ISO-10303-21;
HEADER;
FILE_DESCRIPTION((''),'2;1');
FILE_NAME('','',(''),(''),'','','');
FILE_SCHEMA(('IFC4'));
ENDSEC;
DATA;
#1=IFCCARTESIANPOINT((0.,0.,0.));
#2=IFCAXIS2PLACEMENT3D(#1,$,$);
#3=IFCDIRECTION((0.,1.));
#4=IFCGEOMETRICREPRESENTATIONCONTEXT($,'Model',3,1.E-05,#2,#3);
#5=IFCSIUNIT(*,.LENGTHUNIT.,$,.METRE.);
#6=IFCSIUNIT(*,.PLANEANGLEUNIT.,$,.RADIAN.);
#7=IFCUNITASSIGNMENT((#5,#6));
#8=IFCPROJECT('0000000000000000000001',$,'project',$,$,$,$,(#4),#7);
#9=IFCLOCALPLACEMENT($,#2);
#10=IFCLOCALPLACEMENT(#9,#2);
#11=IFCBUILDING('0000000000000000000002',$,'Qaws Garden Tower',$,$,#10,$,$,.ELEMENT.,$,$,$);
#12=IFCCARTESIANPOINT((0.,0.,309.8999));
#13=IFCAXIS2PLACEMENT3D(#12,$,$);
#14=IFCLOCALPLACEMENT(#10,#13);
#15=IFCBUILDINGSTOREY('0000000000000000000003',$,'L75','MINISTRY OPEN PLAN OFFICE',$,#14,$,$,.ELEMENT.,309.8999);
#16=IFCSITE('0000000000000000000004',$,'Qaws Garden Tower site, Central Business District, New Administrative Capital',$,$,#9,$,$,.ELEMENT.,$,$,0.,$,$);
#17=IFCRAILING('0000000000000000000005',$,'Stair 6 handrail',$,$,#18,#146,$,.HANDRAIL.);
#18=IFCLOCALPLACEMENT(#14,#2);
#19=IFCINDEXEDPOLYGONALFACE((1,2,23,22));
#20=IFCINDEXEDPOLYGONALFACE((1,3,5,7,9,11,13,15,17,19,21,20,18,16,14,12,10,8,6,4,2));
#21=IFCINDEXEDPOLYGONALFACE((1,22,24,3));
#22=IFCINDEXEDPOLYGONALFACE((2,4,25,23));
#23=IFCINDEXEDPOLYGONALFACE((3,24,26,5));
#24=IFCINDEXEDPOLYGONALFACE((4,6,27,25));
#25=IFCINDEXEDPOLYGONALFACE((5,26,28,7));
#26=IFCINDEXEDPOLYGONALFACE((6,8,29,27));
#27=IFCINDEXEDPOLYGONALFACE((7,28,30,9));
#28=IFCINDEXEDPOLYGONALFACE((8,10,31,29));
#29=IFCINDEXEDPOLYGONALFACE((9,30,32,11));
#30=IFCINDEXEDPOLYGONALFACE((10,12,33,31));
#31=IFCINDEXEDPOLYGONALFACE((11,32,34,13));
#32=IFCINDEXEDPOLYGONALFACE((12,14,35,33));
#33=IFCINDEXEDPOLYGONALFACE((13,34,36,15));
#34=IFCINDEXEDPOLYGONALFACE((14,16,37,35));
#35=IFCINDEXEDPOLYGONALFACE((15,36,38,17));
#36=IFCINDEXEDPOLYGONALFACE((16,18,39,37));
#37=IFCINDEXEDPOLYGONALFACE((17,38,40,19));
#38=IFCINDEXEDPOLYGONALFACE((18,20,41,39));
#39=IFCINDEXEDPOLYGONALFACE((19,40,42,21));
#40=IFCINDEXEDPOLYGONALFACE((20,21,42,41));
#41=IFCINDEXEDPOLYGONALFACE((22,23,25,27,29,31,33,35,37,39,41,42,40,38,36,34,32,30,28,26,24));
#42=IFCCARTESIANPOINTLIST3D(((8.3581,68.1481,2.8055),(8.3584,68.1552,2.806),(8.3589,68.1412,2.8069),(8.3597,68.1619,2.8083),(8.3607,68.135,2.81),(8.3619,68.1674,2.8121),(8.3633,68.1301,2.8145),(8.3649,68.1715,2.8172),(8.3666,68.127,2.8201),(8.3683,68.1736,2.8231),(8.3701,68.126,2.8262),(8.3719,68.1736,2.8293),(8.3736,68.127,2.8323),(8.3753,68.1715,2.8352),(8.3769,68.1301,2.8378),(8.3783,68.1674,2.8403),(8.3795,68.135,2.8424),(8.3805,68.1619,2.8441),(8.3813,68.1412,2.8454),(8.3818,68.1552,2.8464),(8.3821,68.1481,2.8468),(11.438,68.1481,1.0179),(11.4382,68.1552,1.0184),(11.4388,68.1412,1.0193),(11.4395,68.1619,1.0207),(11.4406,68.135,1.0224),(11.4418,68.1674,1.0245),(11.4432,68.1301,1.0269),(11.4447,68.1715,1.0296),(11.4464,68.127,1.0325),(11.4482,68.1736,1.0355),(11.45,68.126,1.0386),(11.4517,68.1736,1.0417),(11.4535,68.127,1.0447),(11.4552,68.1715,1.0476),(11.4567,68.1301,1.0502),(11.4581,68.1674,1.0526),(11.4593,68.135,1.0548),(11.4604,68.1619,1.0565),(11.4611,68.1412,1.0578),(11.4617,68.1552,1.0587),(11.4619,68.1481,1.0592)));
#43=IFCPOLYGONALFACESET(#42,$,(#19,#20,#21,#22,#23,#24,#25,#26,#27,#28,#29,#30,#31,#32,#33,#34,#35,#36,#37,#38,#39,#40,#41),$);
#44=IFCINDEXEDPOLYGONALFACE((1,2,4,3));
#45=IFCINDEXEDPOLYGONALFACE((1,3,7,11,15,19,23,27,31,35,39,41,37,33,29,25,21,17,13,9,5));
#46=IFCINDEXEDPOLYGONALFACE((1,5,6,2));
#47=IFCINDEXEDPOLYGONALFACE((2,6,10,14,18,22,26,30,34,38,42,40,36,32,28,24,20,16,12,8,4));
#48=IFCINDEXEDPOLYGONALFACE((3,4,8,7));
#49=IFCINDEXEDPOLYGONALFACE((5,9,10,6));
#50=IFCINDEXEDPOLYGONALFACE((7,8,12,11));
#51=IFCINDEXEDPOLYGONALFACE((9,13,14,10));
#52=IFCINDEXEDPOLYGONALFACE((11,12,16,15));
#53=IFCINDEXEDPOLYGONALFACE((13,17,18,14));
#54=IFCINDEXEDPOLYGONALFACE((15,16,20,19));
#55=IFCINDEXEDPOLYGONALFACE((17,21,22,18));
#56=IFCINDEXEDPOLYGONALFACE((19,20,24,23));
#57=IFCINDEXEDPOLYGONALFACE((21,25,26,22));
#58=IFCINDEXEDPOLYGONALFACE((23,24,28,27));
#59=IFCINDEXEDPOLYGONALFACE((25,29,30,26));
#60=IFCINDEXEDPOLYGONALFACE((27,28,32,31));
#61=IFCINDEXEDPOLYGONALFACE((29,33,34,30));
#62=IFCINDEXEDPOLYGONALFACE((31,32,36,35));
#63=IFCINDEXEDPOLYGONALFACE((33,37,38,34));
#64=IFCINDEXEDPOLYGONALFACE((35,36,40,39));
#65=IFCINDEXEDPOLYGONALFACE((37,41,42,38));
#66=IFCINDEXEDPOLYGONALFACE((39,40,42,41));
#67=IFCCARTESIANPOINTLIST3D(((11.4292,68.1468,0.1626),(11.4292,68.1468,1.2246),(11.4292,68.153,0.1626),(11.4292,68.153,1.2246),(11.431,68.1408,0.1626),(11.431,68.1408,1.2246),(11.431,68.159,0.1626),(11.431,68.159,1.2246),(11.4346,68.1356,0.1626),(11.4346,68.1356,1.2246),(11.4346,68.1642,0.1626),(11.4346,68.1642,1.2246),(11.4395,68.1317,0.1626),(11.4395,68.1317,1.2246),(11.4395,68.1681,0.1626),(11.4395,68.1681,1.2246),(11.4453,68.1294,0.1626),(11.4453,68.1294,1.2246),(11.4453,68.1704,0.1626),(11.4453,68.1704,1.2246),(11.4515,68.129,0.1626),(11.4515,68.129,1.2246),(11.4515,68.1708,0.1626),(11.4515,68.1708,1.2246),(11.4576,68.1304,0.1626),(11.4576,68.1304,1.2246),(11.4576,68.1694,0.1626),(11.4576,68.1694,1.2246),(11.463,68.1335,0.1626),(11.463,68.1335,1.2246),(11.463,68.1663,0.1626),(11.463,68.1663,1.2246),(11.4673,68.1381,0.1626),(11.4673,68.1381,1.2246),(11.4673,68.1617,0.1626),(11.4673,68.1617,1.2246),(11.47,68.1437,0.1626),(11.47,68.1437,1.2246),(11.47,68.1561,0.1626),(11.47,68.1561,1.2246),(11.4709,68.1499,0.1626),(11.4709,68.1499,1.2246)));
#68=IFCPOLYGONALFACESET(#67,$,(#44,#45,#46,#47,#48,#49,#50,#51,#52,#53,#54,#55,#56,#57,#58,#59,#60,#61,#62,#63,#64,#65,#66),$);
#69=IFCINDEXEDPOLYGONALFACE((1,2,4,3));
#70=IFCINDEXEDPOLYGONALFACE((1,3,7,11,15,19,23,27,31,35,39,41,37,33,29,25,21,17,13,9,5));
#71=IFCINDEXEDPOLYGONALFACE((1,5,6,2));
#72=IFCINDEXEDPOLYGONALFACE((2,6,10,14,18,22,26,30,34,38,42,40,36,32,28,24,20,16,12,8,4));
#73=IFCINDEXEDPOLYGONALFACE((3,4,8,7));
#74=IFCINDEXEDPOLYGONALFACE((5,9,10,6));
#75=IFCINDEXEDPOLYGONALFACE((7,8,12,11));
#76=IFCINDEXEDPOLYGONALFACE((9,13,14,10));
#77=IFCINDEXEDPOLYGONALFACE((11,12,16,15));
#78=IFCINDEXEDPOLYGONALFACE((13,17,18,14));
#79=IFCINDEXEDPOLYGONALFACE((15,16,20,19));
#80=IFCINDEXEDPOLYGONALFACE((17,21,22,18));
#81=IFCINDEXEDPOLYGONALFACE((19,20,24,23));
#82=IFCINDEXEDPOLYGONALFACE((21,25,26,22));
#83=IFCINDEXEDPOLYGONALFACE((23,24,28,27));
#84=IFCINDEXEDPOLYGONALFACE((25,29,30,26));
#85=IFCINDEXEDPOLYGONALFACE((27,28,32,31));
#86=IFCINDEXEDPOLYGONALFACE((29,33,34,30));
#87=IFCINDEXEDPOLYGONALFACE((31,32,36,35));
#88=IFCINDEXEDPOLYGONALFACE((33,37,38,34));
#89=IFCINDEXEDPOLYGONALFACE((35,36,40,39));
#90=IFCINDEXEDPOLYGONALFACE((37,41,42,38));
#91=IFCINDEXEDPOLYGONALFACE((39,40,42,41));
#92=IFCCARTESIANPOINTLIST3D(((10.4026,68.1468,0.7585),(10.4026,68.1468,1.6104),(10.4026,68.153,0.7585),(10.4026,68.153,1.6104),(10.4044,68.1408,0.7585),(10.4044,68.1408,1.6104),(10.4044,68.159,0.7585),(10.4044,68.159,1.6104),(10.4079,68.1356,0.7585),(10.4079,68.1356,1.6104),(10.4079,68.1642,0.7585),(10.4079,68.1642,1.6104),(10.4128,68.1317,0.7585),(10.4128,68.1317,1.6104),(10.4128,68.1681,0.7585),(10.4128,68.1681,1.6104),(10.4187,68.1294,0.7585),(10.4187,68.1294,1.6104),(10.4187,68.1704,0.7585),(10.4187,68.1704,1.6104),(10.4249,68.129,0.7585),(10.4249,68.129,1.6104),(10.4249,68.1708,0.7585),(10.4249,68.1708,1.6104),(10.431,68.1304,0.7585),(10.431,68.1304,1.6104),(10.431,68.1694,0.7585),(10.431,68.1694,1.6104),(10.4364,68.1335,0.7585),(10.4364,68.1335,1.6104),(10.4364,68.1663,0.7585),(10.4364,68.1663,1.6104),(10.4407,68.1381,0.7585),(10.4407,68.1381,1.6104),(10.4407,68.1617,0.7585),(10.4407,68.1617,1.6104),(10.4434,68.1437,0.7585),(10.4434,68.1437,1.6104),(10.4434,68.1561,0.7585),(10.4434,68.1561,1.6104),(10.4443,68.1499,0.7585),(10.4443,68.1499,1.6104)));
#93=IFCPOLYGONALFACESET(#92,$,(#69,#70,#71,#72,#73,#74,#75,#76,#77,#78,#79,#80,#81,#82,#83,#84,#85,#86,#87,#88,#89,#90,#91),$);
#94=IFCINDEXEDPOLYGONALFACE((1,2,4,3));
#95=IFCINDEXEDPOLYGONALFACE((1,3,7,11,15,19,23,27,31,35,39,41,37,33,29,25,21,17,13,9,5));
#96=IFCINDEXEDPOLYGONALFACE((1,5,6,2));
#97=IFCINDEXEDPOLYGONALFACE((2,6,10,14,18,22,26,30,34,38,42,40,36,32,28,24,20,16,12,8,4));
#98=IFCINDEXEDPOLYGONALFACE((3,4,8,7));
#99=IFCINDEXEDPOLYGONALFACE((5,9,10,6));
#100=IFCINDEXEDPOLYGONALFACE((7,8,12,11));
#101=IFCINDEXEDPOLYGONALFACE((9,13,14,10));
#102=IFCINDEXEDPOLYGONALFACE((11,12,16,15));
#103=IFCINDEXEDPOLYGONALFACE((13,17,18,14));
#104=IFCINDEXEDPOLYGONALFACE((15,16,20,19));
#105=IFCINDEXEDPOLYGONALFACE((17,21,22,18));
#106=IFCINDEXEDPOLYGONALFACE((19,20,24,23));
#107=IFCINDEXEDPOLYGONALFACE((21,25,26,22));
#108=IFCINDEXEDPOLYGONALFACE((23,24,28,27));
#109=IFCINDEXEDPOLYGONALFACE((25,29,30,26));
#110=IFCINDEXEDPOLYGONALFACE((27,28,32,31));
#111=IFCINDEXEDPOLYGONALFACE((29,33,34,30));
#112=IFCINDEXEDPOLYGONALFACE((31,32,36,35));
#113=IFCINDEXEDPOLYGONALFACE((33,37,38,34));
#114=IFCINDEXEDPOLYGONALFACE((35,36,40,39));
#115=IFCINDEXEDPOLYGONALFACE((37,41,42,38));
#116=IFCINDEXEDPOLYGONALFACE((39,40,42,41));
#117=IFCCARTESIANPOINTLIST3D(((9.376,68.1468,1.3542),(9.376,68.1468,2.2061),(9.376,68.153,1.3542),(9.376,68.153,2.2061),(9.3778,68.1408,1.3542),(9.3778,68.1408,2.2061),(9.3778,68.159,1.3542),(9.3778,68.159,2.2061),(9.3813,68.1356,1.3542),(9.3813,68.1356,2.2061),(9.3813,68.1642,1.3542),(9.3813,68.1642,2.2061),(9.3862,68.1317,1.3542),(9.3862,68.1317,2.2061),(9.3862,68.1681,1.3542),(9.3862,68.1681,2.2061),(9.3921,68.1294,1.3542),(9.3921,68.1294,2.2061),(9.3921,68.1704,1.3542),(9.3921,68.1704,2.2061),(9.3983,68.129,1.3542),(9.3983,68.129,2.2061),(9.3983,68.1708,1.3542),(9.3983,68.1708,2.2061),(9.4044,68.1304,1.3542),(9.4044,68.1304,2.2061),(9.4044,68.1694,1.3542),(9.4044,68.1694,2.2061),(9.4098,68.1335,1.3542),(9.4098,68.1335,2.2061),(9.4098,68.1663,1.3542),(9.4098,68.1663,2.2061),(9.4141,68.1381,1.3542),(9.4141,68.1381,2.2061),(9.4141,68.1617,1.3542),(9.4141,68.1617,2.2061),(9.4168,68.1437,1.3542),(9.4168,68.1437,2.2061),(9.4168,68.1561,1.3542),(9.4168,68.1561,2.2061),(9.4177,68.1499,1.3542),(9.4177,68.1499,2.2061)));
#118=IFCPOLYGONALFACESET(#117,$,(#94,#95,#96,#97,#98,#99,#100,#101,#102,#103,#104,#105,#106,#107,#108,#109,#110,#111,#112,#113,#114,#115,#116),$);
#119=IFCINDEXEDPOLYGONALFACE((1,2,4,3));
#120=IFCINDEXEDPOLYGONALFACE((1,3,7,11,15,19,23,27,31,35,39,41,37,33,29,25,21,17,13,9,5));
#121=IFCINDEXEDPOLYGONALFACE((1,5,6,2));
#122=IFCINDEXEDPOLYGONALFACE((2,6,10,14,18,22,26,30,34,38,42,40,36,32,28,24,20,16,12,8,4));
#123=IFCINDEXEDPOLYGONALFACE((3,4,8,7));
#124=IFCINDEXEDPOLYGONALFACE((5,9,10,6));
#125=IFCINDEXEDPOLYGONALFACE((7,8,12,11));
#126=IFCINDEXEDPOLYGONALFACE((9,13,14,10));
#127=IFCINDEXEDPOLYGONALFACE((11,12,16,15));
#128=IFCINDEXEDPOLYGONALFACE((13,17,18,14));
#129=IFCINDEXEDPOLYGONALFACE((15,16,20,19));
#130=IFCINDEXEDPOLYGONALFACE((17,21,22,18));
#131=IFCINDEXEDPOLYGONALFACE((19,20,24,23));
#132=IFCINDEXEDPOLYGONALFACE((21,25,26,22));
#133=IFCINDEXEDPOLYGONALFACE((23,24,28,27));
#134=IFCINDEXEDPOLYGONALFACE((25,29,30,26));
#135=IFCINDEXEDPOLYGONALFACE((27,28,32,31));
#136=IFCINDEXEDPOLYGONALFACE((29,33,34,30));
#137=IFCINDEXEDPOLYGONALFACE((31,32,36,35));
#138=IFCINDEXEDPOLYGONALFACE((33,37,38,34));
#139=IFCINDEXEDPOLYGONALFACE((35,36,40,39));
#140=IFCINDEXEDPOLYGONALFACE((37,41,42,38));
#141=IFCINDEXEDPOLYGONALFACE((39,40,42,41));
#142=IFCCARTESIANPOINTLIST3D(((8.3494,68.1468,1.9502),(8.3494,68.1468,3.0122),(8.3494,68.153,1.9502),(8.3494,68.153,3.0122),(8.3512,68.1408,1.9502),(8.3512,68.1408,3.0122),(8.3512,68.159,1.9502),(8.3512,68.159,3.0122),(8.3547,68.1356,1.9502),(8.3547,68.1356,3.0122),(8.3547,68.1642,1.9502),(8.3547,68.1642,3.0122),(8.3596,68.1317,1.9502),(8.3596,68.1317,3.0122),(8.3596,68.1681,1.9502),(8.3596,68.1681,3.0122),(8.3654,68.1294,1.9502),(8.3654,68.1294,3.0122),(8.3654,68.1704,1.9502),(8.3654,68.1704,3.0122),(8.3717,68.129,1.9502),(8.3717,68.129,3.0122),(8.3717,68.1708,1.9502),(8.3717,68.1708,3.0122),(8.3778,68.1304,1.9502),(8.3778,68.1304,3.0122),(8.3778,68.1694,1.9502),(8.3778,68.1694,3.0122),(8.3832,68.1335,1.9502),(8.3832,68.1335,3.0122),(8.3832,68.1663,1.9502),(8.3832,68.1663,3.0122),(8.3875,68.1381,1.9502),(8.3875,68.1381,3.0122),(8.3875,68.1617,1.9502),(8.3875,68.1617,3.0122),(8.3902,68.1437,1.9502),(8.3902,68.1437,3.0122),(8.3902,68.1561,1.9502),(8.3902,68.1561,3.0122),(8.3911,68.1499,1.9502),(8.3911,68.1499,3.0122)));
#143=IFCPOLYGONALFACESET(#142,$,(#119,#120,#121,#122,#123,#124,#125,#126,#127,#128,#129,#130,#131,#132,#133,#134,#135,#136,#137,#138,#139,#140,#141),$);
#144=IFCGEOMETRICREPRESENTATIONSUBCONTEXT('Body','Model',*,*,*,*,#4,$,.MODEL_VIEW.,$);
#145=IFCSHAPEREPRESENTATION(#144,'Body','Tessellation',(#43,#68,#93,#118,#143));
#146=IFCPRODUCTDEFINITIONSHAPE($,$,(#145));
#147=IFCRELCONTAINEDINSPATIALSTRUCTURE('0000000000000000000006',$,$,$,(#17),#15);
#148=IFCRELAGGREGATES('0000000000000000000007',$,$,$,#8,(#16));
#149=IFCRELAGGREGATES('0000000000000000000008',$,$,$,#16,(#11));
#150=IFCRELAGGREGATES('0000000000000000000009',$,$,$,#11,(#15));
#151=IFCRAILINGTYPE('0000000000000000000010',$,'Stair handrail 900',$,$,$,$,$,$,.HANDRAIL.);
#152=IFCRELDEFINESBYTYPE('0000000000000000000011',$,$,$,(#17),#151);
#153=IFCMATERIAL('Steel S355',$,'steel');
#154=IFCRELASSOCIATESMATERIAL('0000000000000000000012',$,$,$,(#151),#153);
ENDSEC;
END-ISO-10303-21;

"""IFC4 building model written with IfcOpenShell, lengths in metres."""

from ifc_helpers import new_model, si_unit, direction, frame, origin, origin_2d, place, context, subcontext, project, spatial, circle, extrude, material, type_object, element, save


model = new_model("IFC4")

# Units and contexts
model_context = context("Model", 3, precision=1e-05, world=origin(), true_north=direction((0.0, 1.0)))
body_context = subcontext(model_context, "Body", "Model", "MODEL_VIEW")
ifc_project = project(units=[si_unit("LENGTHUNIT", "METRE"), si_unit("PLANEANGLEUNIT", "RADIAN")], contexts=[model_context])

# Site, building, storey
site_placement = place(None, origin())
site = spatial("IfcSite", under=ifc_project, at=site_placement, Name="Qaws Garden Tower site, Central Business District, New Administrative Capital", CompositionType="ELEMENT", RefElevation=0.0)
building_placement = place(site_placement, origin())
building = spatial("IfcBuilding", under=site, at=building_placement, Name="Qaws Garden Tower", CompositionType="ELEMENT")
storey_placement = place(building_placement, frame((0.0, 0.0, 309.8999)))
storey = spatial("IfcBuildingStorey", under=building, at=storey_placement, Name="L75", Description="MINISTRY OPEN PLAN OFFICE", CompositionType="ELEMENT", Elevation=309.8999)

# Railing
ifc_material_1 = material(Name="Steel S355", Category="steel")
railing_type = type_object("IfcRailingType", Name="Stair handrail 900", PredefinedType="HANDRAIL", material=ifc_material_1)
railing_1_placement = place(storey_placement, frame((11.45, 68.1499, 0.1626)))
element("IfcRailing", 1, at=railing_1_placement, inside=storey, type_object=railing_type, Name="Stair 6 handrail", PredefinedType="HANDRAIL", context=body_context, shape_type="SweptSolid", body=[
    extrude(circle(Radius=0.0239, at=origin_2d()), frame((0.0, 0.0, 0.876), z_axis=(-0.864873, 0.0, 0.50199), x_axis=(0.0, -1.0, 0.0)), (0.0, 0.0, 1.0), 3.561),
    extrude(circle(Radius=0.021, at=origin_2d()), origin(), (0.0, 0.0, 1.0), 1.062),
    extrude(circle(Radius=0.021, at=origin_2d()), frame((-1.0266, 0.0, 0.5959)), (0.0, 0.0, 1.0), 0.8518),
    extrude(circle(Radius=0.021, at=origin_2d()), frame((-2.0532, 0.0, 1.1917)), (0.0, 0.0, 1.0), 0.8518),
    extrude(circle(Radius=0.021, at=origin_2d()), frame((-3.0798, 0.0, 1.7876)), (0.0, 0.0, 1.0), 1.062),
])

save(model, "model.ifc")
